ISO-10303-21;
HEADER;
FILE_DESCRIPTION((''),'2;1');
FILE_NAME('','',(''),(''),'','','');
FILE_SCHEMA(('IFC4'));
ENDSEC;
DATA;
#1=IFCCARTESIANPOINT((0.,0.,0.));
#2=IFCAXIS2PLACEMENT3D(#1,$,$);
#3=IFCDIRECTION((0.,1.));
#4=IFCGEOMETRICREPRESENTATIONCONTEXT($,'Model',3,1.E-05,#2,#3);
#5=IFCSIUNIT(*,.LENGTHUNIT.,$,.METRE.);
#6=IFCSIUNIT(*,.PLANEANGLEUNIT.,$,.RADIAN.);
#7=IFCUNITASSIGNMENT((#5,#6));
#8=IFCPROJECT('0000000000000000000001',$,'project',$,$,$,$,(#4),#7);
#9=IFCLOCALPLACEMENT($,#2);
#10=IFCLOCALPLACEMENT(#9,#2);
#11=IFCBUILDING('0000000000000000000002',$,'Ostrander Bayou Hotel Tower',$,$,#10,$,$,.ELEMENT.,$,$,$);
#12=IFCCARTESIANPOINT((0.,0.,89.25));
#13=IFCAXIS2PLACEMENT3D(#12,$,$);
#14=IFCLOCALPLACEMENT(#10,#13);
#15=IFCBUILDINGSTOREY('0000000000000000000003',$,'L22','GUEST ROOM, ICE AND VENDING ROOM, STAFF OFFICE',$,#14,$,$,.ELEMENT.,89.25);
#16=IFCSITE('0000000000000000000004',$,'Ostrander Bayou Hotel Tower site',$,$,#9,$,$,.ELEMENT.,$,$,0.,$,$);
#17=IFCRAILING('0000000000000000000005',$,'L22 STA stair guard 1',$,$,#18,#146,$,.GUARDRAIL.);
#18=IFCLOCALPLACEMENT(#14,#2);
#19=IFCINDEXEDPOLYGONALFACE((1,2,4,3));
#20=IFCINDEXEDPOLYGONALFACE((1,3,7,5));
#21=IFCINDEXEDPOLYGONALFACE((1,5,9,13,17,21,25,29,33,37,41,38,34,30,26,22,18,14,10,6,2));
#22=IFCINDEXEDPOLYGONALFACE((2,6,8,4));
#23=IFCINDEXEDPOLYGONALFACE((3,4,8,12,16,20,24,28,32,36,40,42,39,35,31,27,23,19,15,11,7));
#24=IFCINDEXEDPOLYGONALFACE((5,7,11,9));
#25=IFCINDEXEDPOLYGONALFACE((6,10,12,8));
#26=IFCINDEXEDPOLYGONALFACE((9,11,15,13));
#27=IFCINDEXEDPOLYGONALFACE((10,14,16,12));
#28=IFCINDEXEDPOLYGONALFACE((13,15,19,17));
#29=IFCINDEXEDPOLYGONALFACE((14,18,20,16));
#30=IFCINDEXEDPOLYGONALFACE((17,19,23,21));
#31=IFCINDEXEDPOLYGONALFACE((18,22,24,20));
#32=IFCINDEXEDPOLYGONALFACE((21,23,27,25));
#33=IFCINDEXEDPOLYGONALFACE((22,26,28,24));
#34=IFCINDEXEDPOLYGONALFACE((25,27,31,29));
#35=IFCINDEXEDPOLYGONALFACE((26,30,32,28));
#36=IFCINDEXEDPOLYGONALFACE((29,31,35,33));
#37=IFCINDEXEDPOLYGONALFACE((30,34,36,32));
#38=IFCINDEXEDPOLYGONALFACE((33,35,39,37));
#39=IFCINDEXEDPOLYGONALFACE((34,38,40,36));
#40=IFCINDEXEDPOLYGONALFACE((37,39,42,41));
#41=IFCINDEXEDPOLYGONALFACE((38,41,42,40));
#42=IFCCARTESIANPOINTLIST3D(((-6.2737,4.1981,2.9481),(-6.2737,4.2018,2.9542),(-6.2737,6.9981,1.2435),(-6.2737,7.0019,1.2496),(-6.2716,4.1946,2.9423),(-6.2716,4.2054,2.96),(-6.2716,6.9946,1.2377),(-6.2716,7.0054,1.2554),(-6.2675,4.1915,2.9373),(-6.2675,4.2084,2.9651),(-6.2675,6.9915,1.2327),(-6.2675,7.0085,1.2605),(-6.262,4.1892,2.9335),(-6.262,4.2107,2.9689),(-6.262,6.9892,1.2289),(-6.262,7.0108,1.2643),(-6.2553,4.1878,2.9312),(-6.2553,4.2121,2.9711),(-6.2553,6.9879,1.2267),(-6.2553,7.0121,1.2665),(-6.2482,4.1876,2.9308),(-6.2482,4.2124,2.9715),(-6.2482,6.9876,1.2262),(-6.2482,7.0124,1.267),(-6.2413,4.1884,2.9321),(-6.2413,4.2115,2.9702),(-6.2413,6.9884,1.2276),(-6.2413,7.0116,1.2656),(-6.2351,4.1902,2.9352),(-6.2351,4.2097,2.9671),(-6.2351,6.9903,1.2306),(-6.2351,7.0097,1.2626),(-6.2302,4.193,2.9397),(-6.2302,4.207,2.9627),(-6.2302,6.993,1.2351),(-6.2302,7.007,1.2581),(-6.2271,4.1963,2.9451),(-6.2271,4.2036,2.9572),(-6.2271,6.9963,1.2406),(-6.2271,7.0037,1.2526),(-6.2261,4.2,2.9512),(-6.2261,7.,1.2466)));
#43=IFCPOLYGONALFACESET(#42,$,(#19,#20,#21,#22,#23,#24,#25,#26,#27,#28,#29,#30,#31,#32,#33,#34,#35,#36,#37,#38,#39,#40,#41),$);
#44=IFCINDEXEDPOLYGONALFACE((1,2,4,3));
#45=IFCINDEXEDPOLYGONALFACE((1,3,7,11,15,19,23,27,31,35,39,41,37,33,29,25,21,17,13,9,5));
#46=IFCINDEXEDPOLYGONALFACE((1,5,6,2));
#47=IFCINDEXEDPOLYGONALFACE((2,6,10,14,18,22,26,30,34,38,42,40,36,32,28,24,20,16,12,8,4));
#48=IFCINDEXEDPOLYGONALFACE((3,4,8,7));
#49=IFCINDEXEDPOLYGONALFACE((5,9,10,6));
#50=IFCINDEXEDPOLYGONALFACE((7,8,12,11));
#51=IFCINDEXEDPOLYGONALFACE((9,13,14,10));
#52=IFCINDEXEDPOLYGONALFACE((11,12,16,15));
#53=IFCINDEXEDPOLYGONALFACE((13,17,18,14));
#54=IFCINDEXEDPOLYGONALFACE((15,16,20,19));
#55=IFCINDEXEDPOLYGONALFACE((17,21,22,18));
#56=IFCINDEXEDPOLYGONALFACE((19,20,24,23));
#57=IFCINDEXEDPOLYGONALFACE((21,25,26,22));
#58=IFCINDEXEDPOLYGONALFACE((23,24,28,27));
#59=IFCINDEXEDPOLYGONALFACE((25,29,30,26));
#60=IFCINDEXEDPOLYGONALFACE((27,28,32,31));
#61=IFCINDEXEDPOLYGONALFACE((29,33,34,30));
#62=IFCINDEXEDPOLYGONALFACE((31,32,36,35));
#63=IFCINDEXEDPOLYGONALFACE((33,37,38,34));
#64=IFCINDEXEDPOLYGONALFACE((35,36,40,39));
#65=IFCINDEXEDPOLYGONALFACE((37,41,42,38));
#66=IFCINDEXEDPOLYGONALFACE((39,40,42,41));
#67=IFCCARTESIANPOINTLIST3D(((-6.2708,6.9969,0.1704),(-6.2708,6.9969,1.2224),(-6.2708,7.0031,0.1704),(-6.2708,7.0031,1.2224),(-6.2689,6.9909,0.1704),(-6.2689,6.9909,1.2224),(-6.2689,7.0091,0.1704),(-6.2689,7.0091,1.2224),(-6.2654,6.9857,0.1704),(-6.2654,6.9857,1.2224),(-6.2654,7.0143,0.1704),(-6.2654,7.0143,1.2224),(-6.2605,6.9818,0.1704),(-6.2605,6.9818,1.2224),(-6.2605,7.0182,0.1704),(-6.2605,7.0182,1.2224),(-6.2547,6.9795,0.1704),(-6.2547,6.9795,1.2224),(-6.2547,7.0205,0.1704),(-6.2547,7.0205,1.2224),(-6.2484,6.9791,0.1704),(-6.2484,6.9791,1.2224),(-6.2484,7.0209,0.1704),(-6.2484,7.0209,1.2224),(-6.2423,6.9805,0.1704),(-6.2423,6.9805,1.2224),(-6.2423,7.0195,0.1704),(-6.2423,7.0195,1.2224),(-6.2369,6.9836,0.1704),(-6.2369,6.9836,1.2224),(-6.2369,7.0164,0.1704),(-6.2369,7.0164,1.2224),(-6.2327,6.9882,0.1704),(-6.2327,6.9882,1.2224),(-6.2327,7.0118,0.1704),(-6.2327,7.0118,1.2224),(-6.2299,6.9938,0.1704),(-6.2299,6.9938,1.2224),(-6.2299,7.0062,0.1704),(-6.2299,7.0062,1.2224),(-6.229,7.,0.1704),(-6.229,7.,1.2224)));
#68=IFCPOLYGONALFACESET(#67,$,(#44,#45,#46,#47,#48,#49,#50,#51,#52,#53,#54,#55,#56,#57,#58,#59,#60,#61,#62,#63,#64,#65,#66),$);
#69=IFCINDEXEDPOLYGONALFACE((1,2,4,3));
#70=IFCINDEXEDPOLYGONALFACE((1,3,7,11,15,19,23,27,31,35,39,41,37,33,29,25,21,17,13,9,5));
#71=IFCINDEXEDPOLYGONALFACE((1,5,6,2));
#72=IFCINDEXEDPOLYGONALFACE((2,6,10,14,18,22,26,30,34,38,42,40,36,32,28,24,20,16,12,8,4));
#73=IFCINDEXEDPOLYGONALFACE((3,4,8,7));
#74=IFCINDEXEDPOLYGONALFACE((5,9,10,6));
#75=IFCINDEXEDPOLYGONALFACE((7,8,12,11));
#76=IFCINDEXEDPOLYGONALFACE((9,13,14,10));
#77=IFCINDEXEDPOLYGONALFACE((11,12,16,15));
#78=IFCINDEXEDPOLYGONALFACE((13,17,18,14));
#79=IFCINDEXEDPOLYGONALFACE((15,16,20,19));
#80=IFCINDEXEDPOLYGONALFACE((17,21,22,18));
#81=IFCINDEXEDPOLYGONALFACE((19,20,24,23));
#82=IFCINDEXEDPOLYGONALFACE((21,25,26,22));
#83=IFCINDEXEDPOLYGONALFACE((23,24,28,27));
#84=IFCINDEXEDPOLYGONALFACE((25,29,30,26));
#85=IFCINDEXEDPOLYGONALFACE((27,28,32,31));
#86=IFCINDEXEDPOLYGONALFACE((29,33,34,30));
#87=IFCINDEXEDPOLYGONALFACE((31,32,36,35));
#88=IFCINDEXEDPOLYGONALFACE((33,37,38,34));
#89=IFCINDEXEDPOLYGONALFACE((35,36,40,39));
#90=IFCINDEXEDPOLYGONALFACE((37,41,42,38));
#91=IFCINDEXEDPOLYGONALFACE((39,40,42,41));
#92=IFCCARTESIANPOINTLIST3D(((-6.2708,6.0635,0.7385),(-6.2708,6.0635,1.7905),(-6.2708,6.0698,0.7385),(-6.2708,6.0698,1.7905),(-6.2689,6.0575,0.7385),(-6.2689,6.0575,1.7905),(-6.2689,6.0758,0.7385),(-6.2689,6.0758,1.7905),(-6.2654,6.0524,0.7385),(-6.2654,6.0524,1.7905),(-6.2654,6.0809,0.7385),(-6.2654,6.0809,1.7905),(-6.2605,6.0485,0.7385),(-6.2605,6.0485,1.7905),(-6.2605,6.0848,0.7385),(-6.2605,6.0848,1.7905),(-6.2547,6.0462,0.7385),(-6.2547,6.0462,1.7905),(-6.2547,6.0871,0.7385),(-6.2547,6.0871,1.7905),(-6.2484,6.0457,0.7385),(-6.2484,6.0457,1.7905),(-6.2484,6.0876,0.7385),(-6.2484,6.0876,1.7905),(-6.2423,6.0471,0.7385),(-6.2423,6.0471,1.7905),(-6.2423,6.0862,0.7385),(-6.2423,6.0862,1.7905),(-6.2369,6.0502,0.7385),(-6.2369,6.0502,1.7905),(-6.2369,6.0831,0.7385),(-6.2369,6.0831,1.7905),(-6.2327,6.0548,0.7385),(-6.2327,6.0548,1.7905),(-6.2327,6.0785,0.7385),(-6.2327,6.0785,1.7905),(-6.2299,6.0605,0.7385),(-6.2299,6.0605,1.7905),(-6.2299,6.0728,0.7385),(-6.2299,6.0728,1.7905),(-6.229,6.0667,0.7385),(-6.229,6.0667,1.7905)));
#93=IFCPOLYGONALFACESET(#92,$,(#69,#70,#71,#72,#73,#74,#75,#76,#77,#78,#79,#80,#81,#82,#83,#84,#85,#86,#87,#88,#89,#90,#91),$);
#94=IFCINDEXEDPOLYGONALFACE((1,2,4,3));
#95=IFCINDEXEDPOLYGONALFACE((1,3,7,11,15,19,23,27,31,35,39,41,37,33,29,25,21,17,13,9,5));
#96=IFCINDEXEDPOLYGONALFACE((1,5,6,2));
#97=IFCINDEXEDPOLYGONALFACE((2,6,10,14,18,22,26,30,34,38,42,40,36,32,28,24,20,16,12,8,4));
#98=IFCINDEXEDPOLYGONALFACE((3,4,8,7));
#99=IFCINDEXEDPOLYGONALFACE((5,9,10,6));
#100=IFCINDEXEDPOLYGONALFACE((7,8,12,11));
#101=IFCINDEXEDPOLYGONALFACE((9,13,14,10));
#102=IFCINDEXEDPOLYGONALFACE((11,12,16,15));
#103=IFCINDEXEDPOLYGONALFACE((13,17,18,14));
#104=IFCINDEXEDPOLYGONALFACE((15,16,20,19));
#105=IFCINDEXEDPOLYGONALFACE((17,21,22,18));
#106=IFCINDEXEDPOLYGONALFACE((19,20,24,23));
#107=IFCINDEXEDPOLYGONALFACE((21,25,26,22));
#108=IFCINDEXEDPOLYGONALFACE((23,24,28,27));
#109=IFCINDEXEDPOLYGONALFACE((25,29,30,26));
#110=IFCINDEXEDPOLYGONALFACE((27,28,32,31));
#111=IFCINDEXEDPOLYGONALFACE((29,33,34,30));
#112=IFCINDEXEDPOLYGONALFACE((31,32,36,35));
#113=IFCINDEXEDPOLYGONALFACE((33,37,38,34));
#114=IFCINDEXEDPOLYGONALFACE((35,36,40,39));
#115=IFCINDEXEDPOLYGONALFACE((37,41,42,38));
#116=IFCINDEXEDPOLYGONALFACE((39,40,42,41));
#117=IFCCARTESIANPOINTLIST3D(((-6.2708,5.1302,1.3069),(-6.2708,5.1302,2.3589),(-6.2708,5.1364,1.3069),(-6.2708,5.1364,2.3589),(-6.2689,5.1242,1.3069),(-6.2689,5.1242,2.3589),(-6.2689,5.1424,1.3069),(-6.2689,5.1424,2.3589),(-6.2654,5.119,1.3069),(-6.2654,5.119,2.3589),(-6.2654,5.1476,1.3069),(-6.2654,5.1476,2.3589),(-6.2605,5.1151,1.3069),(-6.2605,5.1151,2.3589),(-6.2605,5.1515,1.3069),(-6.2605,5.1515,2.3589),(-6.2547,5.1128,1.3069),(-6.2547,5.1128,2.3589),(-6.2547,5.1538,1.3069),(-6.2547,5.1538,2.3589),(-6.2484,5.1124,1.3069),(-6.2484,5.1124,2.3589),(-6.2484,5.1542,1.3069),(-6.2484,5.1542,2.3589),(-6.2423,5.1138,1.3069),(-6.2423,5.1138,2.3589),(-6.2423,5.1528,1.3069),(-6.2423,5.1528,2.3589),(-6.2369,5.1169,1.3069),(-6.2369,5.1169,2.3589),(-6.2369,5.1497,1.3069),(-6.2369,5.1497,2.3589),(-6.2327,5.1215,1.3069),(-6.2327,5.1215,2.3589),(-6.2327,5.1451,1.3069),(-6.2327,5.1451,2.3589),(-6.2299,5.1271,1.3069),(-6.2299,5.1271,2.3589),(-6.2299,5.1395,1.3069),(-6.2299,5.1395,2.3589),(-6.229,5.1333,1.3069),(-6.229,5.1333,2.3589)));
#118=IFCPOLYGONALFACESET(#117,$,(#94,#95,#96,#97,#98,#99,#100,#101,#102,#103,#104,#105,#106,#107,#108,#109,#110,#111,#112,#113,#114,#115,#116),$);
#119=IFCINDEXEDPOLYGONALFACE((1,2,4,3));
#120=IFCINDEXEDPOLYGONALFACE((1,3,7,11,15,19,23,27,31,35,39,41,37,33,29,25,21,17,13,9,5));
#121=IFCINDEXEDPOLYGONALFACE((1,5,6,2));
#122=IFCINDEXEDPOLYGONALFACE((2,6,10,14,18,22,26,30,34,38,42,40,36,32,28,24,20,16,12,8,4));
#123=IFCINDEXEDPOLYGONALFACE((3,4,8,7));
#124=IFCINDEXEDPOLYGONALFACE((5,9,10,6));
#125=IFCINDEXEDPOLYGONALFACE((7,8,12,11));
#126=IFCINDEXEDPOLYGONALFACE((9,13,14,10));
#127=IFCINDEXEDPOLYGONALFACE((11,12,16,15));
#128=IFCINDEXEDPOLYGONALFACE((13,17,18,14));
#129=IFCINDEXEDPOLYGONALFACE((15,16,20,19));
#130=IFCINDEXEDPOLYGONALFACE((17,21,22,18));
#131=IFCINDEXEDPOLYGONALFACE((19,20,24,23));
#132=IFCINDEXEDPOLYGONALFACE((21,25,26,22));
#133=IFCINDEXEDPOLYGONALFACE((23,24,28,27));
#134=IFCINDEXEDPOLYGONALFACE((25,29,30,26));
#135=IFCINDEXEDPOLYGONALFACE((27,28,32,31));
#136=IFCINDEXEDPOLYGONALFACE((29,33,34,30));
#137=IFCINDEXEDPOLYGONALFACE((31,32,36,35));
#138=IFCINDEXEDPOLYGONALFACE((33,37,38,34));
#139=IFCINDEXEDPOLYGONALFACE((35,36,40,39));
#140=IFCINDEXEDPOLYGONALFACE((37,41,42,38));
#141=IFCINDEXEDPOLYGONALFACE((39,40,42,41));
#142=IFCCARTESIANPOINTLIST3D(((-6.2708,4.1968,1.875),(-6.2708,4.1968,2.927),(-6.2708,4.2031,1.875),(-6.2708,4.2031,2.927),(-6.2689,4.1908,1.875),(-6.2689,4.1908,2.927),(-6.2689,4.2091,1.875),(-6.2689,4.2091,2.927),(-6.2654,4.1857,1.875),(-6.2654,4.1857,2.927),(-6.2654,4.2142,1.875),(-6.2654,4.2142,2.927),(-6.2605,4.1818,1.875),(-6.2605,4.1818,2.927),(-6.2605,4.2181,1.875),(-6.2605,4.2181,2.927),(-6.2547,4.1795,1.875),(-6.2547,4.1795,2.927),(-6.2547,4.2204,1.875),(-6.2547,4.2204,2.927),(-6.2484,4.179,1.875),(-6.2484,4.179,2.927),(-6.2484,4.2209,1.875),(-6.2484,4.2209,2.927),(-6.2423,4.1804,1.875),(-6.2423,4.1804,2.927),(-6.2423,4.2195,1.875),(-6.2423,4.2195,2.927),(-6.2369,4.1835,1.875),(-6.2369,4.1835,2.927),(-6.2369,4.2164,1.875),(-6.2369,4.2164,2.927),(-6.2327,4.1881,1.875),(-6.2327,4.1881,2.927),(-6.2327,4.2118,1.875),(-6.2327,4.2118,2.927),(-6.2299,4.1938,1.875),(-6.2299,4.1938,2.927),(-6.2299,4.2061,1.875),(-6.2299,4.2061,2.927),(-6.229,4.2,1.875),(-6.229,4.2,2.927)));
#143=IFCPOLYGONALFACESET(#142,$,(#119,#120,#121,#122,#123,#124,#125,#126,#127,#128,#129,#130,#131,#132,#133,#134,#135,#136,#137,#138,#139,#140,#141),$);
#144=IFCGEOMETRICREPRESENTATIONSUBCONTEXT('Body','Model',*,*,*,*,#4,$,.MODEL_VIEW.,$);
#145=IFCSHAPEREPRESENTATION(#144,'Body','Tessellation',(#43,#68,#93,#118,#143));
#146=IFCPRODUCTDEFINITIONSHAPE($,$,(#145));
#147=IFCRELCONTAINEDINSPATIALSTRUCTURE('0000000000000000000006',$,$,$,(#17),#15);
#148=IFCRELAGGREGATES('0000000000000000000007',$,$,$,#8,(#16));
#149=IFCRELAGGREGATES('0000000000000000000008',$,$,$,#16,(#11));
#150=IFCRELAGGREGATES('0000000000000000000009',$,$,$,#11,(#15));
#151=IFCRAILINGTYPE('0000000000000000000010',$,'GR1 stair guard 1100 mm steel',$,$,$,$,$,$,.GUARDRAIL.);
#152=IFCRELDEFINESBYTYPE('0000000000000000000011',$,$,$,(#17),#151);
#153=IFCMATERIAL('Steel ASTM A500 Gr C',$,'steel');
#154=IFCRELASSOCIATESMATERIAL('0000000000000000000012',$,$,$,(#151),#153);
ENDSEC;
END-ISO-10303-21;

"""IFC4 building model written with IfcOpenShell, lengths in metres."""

from ifc_helpers import new_model, si_unit, direction, frame, origin, origin_2d, place, context, subcontext, project, spatial, circle, extrude, material, type_object, element, save


model = new_model("IFC4")

# Units and contexts
model_context = context("Model", 3, precision=1e-05, world=origin(), true_north=direction((0.0, 1.0)))
body_context = subcontext(model_context, "Body", "Model", "MODEL_VIEW")
ifc_project = project(units=[si_unit("LENGTHUNIT", "METRE"), si_unit("PLANEANGLEUNIT", "RADIAN")], contexts=[model_context])

# Site, building, storey
site_placement = place(None, origin())
site = spatial("IfcSite", under=ifc_project, at=site_placement, Name="Ostrander Bayou Hotel Tower site", CompositionType="ELEMENT", RefElevation=0.0)
building_placement = place(site_placement, origin())
building = spatial("IfcBuilding", under=site, at=building_placement, Name="Ostrander Bayou Hotel Tower", CompositionType="ELEMENT")
storey_placement = place(building_placement, frame((0.0, 0.0, 89.25)))
storey = spatial("IfcBuildingStorey", under=building, at=storey_placement, Name="L22", Description="GUEST ROOM, ICE AND VENDING ROOM, STAFF OFFICE", CompositionType="ELEMENT", Elevation=89.25)

# Railing
ifc_material_1 = material(Name="Steel ASTM A500 Gr C", Category="steel")
railing_type = type_object("IfcRailingType", Name="GR1 stair guard 1100 mm steel", PredefinedType="GUARDRAIL", material=ifc_material_1)
railing_1_placement = place(storey_placement, frame((-6.25, 7.0, 0.1704)))
element("IfcRailing", 1, at=railing_1_placement, inside=storey, type_object=railing_type, Name="L22 STA stair guard 1", PredefinedType="GUARDRAIL", context=body_context, shape_type="SweptSolid", body=[
    extrude(circle(Radius=0.0239, at=origin_2d()), frame((0.0, 0.0, 1.0762), z_axis=(0.0, -0.85417, 0.519994), x_axis=(1.0, 0.0, 0.0)), (0.0, 0.0, 1.0), 3.2781),
    extrude(circle(Radius=0.021, at=origin_2d()), origin(), (0.0, 0.0, 1.0), 1.052),
    extrude(circle(Radius=0.021, at=origin_2d()), frame((0.0, -0.9333, 0.5681)), (0.0, 0.0, 1.0), 1.052),
    extrude(circle(Radius=0.021, at=origin_2d()), frame((0.0, -1.8667, 1.1365)), (0.0, 0.0, 1.0), 1.052),
    extrude(circle(Radius=0.021, at=origin_2d()), frame((0.0, -2.8, 1.7046)), (0.0, 0.0, 1.0), 1.052),
])

save(model, "model.ifc")
